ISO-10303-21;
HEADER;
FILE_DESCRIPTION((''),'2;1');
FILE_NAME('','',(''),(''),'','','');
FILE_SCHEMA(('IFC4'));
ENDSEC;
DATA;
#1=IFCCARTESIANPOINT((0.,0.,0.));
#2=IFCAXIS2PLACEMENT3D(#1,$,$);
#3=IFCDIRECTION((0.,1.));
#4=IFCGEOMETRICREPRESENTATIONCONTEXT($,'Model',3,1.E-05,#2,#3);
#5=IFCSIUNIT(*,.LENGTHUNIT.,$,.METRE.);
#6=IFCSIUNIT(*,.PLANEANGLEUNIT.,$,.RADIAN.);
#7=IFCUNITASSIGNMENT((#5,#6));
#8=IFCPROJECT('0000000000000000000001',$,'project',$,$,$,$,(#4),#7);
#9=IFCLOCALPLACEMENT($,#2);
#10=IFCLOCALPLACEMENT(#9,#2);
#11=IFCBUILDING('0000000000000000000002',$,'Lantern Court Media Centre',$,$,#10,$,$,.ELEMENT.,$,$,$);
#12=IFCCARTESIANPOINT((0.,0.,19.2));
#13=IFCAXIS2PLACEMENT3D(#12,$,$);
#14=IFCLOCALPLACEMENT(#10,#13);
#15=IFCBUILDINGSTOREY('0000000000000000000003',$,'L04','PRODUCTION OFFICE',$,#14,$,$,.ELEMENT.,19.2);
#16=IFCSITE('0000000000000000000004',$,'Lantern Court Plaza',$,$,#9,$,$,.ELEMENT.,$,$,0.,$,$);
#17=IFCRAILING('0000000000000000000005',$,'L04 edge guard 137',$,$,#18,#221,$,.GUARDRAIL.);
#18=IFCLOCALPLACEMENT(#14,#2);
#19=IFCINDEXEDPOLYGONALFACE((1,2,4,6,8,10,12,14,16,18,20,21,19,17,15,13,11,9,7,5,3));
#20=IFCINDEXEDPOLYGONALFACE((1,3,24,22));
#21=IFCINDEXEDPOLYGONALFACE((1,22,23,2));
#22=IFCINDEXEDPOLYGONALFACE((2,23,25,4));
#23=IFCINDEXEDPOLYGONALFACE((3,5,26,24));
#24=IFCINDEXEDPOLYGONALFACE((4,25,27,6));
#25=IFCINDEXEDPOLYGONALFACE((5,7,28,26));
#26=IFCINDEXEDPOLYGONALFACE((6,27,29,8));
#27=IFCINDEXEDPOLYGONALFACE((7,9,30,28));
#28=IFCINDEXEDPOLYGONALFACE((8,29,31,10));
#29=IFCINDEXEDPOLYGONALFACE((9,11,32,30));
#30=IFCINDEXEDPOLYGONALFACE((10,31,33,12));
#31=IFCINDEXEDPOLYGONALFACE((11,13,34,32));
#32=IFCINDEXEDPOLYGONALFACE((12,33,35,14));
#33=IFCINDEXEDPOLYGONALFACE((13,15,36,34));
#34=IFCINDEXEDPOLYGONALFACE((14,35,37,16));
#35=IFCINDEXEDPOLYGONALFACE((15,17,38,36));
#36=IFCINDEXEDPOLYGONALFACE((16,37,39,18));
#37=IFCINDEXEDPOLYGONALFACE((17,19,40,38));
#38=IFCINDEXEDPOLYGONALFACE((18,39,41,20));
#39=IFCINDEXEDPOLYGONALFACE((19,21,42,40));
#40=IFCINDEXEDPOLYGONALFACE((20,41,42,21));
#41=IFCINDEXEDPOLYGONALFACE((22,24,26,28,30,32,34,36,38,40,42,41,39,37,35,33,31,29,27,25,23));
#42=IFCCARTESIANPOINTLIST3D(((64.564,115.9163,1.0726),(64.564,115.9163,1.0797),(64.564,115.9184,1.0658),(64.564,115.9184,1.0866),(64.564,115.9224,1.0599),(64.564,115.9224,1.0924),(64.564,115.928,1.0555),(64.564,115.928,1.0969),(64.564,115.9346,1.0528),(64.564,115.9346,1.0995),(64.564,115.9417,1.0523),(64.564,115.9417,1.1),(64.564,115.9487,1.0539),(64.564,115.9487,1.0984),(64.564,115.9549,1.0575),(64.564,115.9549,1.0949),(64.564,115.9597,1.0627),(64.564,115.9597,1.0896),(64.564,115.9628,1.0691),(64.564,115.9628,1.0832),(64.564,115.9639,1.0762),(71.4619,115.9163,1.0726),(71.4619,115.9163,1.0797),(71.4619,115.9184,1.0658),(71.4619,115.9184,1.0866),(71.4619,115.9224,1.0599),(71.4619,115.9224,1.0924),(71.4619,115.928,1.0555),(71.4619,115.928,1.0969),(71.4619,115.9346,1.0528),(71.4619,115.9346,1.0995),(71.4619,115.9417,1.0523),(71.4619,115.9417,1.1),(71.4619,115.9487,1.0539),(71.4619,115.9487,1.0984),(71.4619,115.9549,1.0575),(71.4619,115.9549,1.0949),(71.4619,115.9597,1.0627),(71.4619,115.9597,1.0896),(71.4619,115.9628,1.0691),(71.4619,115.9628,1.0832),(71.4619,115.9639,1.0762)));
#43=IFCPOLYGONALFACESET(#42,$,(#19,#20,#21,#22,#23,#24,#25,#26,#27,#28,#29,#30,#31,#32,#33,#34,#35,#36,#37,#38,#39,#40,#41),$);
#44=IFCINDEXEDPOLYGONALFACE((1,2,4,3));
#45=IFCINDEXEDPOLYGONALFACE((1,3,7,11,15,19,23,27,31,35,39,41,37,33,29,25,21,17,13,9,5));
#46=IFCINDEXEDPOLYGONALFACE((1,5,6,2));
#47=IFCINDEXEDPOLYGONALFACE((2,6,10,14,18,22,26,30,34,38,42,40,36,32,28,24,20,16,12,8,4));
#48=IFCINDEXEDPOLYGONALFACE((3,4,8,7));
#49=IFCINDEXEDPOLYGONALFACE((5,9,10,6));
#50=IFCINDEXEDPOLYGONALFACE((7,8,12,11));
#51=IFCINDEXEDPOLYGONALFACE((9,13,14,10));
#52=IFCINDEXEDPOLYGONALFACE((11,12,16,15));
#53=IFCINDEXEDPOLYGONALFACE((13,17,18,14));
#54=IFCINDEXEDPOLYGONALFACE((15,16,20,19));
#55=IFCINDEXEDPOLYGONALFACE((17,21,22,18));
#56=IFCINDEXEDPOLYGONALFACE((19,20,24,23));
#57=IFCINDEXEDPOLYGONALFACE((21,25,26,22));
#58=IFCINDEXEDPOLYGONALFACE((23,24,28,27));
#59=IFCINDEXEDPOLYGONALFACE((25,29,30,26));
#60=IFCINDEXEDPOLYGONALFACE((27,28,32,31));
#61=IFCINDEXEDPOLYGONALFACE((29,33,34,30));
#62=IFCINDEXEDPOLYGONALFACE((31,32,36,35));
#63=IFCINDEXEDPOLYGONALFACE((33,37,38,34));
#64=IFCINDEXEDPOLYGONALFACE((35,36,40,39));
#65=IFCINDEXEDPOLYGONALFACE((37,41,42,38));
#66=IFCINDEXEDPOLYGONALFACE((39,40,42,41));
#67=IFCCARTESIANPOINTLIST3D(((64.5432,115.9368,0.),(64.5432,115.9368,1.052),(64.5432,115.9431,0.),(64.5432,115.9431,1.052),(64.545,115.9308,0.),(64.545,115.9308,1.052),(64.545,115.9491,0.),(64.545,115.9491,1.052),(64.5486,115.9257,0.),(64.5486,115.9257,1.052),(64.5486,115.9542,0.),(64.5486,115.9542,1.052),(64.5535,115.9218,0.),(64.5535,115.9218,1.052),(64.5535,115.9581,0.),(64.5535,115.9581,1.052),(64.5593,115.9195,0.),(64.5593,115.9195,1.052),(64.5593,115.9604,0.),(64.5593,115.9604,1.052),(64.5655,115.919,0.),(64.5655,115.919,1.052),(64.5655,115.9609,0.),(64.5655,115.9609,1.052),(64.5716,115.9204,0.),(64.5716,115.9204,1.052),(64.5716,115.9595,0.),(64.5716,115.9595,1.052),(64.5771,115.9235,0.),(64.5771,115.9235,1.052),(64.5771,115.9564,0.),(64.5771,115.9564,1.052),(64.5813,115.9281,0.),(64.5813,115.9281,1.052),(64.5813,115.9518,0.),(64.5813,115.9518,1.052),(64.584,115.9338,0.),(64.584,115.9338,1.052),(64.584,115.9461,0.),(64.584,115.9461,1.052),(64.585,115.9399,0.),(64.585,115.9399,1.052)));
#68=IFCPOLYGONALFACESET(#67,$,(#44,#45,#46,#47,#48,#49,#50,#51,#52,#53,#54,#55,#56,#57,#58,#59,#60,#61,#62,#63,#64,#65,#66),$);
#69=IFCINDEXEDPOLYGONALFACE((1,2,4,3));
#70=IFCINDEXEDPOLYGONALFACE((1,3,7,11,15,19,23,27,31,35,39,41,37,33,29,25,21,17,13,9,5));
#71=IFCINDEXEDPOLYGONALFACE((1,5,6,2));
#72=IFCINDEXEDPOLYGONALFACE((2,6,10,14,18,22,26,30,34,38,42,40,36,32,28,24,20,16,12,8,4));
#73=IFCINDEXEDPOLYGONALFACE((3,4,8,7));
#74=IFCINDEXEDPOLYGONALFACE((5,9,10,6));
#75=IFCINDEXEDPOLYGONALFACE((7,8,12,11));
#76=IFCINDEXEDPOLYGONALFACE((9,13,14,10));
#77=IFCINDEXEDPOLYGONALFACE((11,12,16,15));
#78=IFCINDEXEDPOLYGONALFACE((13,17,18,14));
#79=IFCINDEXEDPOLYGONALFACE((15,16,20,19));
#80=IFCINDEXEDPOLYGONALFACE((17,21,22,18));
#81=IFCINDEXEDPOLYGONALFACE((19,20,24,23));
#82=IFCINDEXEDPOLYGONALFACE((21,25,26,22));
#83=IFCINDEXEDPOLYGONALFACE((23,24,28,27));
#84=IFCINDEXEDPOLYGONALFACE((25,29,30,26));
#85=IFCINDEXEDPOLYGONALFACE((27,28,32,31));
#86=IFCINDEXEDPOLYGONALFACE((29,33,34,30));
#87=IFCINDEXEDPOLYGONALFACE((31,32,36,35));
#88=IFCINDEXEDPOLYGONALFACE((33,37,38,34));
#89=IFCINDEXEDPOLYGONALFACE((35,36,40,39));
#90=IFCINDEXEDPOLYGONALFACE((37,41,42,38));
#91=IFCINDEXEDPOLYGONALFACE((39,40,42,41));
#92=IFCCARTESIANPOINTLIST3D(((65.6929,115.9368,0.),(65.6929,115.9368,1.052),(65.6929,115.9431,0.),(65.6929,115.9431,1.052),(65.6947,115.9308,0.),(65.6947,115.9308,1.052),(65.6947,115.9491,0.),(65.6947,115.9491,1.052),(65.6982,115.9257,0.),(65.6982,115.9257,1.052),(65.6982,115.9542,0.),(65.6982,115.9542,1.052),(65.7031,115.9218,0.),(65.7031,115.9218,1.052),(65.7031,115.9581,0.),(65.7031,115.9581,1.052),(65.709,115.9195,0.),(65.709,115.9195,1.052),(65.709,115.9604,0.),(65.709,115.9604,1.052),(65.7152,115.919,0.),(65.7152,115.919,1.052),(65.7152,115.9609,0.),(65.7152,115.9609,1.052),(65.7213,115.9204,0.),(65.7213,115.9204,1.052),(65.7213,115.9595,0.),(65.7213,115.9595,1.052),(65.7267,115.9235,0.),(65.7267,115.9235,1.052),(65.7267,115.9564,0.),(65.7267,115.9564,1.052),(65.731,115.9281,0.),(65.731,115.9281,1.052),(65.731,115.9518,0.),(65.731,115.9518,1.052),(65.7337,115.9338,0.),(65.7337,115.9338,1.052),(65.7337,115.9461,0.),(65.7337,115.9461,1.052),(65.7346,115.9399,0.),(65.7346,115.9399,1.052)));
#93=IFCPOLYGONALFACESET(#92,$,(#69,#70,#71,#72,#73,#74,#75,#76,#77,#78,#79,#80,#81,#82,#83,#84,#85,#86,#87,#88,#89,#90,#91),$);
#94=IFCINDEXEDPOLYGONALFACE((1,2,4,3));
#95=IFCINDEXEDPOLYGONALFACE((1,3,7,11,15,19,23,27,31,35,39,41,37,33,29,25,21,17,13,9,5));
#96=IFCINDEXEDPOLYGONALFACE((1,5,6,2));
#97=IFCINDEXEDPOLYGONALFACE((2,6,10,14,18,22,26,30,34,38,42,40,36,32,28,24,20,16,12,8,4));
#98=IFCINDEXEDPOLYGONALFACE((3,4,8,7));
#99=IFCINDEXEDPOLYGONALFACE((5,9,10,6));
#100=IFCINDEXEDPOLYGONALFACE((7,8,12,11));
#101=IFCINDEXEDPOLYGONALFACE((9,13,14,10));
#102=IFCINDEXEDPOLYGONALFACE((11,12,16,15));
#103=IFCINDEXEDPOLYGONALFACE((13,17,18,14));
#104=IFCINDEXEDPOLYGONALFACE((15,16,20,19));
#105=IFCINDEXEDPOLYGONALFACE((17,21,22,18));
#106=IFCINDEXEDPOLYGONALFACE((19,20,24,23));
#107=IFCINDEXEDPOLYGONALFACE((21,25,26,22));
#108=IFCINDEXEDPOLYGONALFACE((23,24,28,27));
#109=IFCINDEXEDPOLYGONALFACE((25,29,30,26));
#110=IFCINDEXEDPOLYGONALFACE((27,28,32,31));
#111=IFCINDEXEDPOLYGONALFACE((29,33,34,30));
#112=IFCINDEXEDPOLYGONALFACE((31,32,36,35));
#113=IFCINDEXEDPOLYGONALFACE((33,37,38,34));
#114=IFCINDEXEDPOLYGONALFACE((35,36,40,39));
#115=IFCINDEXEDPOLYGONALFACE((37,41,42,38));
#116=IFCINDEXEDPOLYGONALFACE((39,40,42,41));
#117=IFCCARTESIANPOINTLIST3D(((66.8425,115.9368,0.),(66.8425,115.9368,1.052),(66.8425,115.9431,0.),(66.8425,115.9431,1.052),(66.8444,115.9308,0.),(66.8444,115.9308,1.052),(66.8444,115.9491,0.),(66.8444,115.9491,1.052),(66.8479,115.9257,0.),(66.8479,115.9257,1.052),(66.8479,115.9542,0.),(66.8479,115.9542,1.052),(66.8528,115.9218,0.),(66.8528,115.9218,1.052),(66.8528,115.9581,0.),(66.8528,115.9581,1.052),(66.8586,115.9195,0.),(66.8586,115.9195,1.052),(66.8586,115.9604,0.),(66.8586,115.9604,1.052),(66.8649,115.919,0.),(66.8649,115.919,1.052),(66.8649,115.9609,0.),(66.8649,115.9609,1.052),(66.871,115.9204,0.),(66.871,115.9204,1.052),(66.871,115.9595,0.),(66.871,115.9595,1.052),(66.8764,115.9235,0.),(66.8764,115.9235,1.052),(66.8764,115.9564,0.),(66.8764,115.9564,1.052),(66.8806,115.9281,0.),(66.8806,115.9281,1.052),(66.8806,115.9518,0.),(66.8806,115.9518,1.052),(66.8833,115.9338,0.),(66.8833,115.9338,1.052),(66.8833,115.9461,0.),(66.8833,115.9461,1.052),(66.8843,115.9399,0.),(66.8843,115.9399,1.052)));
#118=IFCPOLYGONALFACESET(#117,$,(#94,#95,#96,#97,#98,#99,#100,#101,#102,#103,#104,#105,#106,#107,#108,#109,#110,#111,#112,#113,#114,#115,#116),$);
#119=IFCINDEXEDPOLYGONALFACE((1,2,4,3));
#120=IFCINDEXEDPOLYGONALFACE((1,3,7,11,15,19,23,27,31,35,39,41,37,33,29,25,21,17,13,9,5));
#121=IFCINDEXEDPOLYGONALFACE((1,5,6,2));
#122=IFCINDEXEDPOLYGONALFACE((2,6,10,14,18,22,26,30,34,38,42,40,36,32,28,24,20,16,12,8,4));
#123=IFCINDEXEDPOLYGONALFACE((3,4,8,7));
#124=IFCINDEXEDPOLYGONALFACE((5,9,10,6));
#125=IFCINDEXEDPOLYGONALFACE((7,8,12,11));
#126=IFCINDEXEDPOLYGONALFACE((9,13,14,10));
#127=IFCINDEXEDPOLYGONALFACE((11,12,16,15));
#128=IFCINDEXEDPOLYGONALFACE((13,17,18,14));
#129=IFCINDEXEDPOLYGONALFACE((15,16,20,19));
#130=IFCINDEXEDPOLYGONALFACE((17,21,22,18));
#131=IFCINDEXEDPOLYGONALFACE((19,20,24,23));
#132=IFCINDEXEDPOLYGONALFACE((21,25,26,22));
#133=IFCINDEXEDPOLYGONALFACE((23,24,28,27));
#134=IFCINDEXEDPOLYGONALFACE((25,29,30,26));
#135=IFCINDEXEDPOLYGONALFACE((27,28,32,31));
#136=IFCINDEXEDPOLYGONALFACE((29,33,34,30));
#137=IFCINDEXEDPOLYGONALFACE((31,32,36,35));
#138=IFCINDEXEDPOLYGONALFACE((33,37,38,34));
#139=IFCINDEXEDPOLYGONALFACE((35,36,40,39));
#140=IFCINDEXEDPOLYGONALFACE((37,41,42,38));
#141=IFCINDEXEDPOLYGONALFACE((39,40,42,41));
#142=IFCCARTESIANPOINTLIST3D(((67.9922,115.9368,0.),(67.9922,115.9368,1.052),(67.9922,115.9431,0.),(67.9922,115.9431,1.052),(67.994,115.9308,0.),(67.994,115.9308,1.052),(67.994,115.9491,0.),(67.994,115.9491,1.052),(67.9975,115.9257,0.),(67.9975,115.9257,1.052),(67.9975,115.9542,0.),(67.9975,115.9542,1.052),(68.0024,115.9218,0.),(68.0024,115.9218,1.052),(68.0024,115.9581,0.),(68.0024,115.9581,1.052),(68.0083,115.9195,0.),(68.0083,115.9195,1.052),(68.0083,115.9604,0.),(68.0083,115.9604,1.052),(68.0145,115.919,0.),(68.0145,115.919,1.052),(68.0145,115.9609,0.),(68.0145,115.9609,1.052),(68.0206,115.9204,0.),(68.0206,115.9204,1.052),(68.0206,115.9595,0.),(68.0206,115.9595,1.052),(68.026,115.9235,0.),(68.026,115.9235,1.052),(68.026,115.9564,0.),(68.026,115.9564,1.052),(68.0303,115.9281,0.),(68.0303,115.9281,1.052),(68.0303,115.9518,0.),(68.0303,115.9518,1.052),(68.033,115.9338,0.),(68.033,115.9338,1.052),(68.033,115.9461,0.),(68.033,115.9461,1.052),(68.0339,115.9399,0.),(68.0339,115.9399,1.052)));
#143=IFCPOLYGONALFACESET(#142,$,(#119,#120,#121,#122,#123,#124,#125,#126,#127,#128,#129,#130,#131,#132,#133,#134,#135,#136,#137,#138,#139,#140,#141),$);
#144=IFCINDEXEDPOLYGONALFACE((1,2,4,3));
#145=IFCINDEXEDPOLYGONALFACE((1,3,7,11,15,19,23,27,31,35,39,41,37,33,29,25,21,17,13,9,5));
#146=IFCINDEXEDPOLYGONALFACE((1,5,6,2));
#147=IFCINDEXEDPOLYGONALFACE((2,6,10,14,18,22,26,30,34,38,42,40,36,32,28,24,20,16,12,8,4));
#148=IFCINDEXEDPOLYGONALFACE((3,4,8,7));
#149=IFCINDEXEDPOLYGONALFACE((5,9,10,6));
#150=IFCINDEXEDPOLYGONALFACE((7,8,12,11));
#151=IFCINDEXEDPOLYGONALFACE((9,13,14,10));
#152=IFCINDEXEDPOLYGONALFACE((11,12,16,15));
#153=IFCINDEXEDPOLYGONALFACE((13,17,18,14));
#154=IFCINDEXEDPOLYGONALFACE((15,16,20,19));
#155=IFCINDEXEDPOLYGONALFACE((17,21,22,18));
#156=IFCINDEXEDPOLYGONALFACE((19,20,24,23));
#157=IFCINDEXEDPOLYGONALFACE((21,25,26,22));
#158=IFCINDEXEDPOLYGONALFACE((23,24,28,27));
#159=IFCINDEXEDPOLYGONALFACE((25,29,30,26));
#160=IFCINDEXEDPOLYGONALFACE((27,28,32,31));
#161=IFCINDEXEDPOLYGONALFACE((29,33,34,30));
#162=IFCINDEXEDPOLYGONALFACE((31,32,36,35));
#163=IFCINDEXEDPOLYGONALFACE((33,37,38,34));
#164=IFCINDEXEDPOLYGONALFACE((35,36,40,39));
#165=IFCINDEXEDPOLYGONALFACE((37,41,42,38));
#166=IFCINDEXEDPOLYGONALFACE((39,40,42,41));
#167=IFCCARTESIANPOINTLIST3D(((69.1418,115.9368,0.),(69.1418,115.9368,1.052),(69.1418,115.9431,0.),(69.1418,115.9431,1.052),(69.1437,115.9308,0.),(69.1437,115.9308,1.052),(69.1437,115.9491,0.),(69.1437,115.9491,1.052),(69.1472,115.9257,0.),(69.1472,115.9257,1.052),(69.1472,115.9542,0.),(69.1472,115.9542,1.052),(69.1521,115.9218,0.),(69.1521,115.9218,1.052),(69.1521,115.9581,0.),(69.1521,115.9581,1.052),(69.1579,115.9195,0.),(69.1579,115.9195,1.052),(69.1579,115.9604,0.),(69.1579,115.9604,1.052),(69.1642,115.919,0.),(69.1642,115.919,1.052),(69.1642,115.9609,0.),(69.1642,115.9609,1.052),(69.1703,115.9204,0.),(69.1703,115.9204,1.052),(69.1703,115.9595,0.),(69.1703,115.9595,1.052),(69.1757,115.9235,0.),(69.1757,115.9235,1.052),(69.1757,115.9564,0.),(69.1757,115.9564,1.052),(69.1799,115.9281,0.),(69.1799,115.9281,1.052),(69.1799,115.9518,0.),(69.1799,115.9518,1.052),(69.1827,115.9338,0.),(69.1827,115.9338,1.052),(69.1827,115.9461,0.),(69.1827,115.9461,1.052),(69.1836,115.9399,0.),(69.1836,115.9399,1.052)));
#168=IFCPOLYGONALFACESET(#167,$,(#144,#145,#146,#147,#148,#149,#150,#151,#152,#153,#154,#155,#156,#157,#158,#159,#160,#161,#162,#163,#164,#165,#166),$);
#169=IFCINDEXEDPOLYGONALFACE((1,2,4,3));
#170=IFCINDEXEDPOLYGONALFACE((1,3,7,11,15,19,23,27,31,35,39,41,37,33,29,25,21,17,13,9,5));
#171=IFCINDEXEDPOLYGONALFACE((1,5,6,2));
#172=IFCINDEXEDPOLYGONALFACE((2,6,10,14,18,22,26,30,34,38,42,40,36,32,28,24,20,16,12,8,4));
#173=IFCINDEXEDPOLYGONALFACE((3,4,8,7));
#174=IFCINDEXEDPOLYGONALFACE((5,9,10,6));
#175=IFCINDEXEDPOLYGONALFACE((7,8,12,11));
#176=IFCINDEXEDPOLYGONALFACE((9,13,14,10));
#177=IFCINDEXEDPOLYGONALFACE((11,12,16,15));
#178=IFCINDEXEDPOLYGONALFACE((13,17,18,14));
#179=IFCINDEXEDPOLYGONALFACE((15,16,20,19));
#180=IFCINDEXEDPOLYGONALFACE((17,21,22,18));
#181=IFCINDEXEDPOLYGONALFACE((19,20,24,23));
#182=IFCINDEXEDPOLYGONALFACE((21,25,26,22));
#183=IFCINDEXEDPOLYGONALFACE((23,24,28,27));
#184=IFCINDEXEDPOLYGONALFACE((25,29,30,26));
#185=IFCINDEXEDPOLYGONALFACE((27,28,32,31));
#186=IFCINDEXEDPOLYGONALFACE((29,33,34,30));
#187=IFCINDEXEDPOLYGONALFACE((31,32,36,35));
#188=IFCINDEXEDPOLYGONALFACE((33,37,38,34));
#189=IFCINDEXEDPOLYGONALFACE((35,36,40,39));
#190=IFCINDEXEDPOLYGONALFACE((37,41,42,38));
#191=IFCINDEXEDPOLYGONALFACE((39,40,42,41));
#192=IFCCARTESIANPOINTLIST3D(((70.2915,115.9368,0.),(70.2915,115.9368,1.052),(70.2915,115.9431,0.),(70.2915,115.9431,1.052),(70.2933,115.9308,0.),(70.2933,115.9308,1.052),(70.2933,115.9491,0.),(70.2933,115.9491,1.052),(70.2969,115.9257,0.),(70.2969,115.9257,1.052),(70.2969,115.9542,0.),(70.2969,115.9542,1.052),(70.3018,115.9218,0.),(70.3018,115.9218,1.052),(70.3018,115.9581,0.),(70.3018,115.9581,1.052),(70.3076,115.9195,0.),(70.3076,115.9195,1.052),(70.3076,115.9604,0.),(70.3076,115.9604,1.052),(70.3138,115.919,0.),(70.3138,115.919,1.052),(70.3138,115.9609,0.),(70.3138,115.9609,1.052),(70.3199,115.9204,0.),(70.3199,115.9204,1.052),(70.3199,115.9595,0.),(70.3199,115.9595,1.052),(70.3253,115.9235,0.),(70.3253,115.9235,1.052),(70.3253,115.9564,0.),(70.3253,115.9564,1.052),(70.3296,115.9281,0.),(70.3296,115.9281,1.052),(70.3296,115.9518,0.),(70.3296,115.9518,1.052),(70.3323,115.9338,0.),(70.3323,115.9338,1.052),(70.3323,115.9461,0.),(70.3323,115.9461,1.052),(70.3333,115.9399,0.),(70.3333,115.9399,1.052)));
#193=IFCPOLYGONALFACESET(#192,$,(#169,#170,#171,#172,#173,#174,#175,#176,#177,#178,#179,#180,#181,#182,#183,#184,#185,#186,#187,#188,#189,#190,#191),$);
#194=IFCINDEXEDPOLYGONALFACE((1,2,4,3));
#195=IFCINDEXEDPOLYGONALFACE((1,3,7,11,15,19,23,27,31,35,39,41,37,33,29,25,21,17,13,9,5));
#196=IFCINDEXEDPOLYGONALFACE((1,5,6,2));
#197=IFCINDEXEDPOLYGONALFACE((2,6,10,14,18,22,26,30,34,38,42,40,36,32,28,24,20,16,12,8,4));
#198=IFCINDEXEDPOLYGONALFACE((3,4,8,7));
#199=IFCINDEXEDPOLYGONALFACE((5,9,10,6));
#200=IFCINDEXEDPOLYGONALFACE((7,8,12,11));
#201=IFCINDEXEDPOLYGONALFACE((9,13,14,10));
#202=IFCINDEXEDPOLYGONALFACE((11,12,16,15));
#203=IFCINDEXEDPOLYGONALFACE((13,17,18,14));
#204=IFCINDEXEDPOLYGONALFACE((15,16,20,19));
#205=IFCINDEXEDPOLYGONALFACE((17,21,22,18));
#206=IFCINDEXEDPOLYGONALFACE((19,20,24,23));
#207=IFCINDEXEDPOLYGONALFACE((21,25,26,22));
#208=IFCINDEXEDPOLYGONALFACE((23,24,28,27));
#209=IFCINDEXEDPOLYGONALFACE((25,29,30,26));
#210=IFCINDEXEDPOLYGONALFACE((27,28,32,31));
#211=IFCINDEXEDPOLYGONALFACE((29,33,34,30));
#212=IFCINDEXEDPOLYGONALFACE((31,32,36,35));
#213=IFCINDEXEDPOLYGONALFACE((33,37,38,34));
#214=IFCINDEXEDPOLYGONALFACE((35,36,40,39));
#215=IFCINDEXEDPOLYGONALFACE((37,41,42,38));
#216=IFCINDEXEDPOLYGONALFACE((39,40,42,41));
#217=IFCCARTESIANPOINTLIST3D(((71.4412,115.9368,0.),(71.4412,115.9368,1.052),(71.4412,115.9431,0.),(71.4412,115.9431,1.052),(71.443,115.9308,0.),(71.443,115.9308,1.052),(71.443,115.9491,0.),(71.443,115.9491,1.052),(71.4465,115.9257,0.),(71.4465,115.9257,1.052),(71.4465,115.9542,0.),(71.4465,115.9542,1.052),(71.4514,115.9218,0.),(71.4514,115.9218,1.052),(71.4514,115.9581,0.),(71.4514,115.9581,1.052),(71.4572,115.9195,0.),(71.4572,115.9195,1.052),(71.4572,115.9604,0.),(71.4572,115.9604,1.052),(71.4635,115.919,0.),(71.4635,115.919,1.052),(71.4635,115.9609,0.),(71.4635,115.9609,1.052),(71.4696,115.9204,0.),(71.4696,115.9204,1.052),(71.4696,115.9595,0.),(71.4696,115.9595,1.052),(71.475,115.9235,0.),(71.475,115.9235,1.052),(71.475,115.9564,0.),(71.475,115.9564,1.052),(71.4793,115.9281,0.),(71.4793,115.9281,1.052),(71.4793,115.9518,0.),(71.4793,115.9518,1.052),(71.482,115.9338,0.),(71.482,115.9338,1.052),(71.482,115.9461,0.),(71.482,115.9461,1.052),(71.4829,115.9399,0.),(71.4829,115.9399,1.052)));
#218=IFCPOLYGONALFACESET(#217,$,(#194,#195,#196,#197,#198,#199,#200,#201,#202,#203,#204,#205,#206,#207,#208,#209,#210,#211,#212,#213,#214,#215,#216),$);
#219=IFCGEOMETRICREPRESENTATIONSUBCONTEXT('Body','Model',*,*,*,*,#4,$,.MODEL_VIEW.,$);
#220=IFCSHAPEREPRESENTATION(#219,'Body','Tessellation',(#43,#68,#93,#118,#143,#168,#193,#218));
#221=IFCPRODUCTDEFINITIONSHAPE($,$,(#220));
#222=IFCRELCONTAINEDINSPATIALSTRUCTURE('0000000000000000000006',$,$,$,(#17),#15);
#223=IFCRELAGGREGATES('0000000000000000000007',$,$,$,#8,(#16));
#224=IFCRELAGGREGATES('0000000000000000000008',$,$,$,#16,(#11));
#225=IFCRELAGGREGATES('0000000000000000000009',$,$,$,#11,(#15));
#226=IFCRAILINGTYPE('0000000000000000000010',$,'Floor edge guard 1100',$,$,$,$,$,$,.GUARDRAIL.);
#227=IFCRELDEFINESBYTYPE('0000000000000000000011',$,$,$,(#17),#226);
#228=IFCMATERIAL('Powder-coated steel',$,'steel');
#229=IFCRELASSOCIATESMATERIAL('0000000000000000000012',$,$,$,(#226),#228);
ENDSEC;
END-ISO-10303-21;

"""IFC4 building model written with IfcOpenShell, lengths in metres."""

from ifc_helpers import new_model, si_unit, direction, frame, origin, origin_2d, place, context, subcontext, project, spatial, circle, extrude, material, type_object, element, save


model = new_model("IFC4")

# Units and contexts
model_context = context("Model", 3, precision=1e-05, world=origin(), true_north=direction((0.0, 1.0)))
body_context = subcontext(model_context, "Body", "Model", "MODEL_VIEW")
ifc_project = project(units=[si_unit("LENGTHUNIT", "METRE"), si_unit("PLANEANGLEUNIT", "RADIAN")], contexts=[model_context])

# Site, building, storey
site_placement = place(None, origin())
site = spatial("IfcSite", under=ifc_project, at=site_placement, Name="Lantern Court Plaza", CompositionType="ELEMENT", RefElevation=0.0)
building_placement = place(site_placement, origin())
building = spatial("IfcBuilding", under=site, at=building_placement, Name="Lantern Court Media Centre", CompositionType="ELEMENT")
storey_placement = place(building_placement, frame((0.0, 0.0, 19.2)))
storey = spatial("IfcBuildingStorey", under=building, at=storey_placement, Name="L04", Description="PRODUCTION OFFICE", CompositionType="ELEMENT", Elevation=19.2)

# Railing
ifc_material_1 = material(Name="Powder-coated steel", Category="steel")
railing_type = type_object("IfcRailingType", Name="Floor edge guard 1100", PredefinedType="GUARDRAIL", material=ifc_material_1)
railing_placement = place(storey_placement, frame((64.564, 115.9399, 0.0)))
element("IfcRailing", 1, at=railing_placement, inside=storey, type_object=railing_type, Name="L04 edge guard 137", PredefinedType="GUARDRAIL", context=body_context, shape_type="SweptSolid", body=[
    extrude(circle(Radius=0.0239, at=origin_2d()), frame((0.0, 0.0, 1.0762), z_axis=(1.0, 0.0, 0.0), x_axis=(0.0, 1.0, 0.0)), (0.0, 0.0, 1.0), 6.8979),
    extrude(circle(Radius=0.021, at=origin_2d()), origin(), (0.0, 0.0, 1.0), 1.052),
    extrude(circle(Radius=0.021, at=origin_2d()), frame((1.1497, 0.0, 0.0)), (0.0, 0.0, 1.0), 1.052),
    extrude(circle(Radius=0.021, at=origin_2d()), frame((2.2993, 0.0, 0.0)), (0.0, 0.0, 1.0), 1.052),
    extrude(circle(Radius=0.021, at=origin_2d()), frame((3.449, 0.0, 0.0)), (0.0, 0.0, 1.0), 1.052),
    extrude(circle(Radius=0.021, at=origin_2d()), frame((4.5986, 0.0, 0.0)), (0.0, 0.0, 1.0), 1.052),
    extrude(circle(Radius=0.021, at=origin_2d()), frame((5.7483, 0.0, 0.0)), (0.0, 0.0, 1.0), 1.052),
    extrude(circle(Radius=0.021, at=origin_2d()), frame((6.8979, 0.0, 0.0)), (0.0, 0.0, 1.0), 1.052),
])

save(model, "model.ifc")
